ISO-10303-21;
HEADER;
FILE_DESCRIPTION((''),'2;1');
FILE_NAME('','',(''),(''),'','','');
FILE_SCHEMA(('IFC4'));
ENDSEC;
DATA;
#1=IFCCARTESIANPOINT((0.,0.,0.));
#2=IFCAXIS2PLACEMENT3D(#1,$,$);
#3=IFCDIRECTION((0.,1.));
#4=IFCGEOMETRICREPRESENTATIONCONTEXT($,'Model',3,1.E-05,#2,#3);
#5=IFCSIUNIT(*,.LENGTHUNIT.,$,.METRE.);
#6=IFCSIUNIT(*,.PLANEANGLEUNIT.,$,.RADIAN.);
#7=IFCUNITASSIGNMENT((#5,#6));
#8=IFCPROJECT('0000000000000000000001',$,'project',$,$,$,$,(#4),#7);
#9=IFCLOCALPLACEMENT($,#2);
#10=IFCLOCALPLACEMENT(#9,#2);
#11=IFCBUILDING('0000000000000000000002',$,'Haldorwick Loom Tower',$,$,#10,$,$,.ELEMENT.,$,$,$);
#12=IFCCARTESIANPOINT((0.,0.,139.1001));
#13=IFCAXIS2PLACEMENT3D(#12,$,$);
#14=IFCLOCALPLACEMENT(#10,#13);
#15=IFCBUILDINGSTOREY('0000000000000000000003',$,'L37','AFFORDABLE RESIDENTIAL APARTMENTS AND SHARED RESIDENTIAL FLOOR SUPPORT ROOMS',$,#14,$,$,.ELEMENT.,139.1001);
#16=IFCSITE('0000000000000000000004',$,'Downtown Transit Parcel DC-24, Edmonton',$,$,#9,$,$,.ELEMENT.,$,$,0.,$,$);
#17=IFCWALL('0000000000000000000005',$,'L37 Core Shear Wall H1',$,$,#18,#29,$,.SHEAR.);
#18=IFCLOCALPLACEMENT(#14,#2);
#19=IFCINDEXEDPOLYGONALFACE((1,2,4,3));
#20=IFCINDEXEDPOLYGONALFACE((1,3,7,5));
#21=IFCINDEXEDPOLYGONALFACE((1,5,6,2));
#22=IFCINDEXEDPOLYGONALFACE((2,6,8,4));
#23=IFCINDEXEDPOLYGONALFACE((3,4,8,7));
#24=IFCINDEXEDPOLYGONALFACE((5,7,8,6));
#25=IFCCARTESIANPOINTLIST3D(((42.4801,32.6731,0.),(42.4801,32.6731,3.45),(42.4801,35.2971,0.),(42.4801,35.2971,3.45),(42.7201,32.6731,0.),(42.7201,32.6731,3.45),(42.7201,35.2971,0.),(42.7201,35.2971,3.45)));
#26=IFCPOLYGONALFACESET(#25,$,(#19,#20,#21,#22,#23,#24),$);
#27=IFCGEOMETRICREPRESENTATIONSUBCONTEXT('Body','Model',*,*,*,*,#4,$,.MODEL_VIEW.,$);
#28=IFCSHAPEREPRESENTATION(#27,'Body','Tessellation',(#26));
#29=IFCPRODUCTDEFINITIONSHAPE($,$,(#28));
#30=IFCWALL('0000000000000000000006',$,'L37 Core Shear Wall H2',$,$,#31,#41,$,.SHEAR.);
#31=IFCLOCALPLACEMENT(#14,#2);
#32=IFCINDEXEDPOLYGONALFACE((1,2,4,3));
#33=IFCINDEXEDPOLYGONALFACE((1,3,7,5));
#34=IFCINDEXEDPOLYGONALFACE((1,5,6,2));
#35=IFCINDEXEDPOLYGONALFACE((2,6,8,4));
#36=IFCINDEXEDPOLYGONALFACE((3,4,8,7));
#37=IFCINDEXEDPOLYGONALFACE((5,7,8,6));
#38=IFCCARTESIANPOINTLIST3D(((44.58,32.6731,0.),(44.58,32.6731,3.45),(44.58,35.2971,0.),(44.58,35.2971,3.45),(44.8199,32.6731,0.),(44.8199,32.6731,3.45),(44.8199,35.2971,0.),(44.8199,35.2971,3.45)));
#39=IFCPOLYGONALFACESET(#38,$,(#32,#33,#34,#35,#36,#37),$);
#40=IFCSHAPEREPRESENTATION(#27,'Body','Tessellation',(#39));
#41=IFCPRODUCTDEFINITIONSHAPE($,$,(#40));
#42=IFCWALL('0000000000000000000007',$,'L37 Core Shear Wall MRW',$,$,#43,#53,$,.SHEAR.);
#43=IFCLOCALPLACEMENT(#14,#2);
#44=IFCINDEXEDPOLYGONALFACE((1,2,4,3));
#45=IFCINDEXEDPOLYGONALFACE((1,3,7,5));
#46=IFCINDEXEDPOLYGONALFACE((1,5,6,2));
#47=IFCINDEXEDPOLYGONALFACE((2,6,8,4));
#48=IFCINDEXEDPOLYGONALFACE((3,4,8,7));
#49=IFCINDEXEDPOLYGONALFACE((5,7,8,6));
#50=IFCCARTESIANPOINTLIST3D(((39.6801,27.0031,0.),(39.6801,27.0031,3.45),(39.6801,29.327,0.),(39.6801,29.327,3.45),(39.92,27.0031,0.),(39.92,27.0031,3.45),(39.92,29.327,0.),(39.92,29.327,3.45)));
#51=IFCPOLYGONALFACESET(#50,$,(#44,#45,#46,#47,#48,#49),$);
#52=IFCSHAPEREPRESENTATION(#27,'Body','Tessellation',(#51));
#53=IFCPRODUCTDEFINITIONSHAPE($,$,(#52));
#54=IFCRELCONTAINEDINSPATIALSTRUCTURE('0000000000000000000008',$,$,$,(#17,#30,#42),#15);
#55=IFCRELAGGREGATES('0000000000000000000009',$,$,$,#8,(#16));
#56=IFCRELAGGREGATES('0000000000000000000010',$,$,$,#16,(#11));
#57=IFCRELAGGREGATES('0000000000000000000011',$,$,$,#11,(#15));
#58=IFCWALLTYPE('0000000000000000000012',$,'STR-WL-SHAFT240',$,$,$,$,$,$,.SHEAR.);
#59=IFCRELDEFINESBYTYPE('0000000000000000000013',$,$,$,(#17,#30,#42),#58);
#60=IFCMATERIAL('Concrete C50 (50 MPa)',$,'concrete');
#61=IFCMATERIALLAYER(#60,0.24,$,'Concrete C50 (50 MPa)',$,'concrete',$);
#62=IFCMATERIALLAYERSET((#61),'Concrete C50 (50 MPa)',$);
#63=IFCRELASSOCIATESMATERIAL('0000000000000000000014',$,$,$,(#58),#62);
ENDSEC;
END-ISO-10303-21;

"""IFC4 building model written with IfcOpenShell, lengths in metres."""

from ifc_helpers import new_model, si_unit, direction, frame, frame_2d, origin, place, context, subcontext, project, spatial, rectangle, extrude, material, layer, layer_set, type_object, element, save


model = new_model("IFC4")

# Units and contexts
model_context = context("Model", 3, precision=1e-05, world=origin(), true_north=direction((0.0, 1.0)))
body_context = subcontext(model_context, "Body", "Model", "MODEL_VIEW")
ifc_project = project(units=[si_unit("LENGTHUNIT", "METRE"), si_unit("PLANEANGLEUNIT", "RADIAN")], contexts=[model_context])

# Site, building, storey
site_placement = place(None, origin())
site = spatial("IfcSite", under=ifc_project, at=site_placement, Name="Downtown Transit Parcel DC-24, Edmonton", CompositionType="ELEMENT", RefElevation=0.0)
building_placement = place(site_placement, origin())
building = spatial("IfcBuilding", under=site, at=building_placement, Name="Haldorwick Loom Tower", CompositionType="ELEMENT")
storey_placement = place(building_placement, frame((0.0, 0.0, 139.1001)))
storey = spatial("IfcBuildingStorey", under=building, at=storey_placement, Name="L37", Description="AFFORDABLE RESIDENTIAL APARTMENTS AND SHARED RESIDENTIAL FLOOR SUPPORT ROOMS", CompositionType="ELEMENT", Elevation=139.1001)

# Shared definitions
ifc_material_1 = material(Name="Concrete C50 (50 MPa)", Category="concrete")
ifc_layer_1 = layer(ifc_material_1, 0.24, Name="Concrete C50 (50 MPa)", Category="concrete")
ifc_layer_set_1 = layer_set([ifc_layer_1], Name="Concrete C50 (50 MPa)")
wall_type_1 = type_object("IfcWallType", Name="STR-WL-SHAFT240", PredefinedType="SHEAR", material=ifc_layer_set_1)

# Walls
for number, where, z_axis, x_axis, name in (
    (1, (42.6001, 32.6731, 0.0), (0.0, 0.0, 1.0), (0.0, 1.0, 0.0), "L37 Core Shear Wall H1"),
    (2, (44.7, 32.6731, 0.0), (0.0, 0.0, 1.0), (0.0, 1.0, 0.0), "L37 Core Shear Wall H2"),
):
    element("IfcWall", number, at=place(storey_placement, frame(where, z_axis=z_axis, x_axis=x_axis)), inside=storey, type_object=wall_type_1, Name=name, PredefinedType="SHEAR", context=body_context, shape_type="SweptSolid", body=[
        extrude(rectangle(XDim=2.624, YDim=0.24, at=frame_2d((1.312, 0.0))), origin(), (0.0, 0.0, 1.0), 3.45),
    ])
wall_1_placement = place(storey_placement, frame((39.8, 27.0029, 0.0), z_axis=(0.0, 0.0, 1.0), x_axis=(0.0, 1.0, 0.0)))
element("IfcWall", 3, at=wall_1_placement, inside=storey, type_object=wall_type_1, Name="L37 Core Shear Wall MRW", PredefinedType="SHEAR", context=body_context, shape_type="SweptSolid", body=[
    extrude(rectangle(XDim=2.324, YDim=0.24, at=frame_2d((1.1621, 0.0))), origin(), (0.0, 0.0, 1.0), 3.45),
])

save(model, "model.ifc")
